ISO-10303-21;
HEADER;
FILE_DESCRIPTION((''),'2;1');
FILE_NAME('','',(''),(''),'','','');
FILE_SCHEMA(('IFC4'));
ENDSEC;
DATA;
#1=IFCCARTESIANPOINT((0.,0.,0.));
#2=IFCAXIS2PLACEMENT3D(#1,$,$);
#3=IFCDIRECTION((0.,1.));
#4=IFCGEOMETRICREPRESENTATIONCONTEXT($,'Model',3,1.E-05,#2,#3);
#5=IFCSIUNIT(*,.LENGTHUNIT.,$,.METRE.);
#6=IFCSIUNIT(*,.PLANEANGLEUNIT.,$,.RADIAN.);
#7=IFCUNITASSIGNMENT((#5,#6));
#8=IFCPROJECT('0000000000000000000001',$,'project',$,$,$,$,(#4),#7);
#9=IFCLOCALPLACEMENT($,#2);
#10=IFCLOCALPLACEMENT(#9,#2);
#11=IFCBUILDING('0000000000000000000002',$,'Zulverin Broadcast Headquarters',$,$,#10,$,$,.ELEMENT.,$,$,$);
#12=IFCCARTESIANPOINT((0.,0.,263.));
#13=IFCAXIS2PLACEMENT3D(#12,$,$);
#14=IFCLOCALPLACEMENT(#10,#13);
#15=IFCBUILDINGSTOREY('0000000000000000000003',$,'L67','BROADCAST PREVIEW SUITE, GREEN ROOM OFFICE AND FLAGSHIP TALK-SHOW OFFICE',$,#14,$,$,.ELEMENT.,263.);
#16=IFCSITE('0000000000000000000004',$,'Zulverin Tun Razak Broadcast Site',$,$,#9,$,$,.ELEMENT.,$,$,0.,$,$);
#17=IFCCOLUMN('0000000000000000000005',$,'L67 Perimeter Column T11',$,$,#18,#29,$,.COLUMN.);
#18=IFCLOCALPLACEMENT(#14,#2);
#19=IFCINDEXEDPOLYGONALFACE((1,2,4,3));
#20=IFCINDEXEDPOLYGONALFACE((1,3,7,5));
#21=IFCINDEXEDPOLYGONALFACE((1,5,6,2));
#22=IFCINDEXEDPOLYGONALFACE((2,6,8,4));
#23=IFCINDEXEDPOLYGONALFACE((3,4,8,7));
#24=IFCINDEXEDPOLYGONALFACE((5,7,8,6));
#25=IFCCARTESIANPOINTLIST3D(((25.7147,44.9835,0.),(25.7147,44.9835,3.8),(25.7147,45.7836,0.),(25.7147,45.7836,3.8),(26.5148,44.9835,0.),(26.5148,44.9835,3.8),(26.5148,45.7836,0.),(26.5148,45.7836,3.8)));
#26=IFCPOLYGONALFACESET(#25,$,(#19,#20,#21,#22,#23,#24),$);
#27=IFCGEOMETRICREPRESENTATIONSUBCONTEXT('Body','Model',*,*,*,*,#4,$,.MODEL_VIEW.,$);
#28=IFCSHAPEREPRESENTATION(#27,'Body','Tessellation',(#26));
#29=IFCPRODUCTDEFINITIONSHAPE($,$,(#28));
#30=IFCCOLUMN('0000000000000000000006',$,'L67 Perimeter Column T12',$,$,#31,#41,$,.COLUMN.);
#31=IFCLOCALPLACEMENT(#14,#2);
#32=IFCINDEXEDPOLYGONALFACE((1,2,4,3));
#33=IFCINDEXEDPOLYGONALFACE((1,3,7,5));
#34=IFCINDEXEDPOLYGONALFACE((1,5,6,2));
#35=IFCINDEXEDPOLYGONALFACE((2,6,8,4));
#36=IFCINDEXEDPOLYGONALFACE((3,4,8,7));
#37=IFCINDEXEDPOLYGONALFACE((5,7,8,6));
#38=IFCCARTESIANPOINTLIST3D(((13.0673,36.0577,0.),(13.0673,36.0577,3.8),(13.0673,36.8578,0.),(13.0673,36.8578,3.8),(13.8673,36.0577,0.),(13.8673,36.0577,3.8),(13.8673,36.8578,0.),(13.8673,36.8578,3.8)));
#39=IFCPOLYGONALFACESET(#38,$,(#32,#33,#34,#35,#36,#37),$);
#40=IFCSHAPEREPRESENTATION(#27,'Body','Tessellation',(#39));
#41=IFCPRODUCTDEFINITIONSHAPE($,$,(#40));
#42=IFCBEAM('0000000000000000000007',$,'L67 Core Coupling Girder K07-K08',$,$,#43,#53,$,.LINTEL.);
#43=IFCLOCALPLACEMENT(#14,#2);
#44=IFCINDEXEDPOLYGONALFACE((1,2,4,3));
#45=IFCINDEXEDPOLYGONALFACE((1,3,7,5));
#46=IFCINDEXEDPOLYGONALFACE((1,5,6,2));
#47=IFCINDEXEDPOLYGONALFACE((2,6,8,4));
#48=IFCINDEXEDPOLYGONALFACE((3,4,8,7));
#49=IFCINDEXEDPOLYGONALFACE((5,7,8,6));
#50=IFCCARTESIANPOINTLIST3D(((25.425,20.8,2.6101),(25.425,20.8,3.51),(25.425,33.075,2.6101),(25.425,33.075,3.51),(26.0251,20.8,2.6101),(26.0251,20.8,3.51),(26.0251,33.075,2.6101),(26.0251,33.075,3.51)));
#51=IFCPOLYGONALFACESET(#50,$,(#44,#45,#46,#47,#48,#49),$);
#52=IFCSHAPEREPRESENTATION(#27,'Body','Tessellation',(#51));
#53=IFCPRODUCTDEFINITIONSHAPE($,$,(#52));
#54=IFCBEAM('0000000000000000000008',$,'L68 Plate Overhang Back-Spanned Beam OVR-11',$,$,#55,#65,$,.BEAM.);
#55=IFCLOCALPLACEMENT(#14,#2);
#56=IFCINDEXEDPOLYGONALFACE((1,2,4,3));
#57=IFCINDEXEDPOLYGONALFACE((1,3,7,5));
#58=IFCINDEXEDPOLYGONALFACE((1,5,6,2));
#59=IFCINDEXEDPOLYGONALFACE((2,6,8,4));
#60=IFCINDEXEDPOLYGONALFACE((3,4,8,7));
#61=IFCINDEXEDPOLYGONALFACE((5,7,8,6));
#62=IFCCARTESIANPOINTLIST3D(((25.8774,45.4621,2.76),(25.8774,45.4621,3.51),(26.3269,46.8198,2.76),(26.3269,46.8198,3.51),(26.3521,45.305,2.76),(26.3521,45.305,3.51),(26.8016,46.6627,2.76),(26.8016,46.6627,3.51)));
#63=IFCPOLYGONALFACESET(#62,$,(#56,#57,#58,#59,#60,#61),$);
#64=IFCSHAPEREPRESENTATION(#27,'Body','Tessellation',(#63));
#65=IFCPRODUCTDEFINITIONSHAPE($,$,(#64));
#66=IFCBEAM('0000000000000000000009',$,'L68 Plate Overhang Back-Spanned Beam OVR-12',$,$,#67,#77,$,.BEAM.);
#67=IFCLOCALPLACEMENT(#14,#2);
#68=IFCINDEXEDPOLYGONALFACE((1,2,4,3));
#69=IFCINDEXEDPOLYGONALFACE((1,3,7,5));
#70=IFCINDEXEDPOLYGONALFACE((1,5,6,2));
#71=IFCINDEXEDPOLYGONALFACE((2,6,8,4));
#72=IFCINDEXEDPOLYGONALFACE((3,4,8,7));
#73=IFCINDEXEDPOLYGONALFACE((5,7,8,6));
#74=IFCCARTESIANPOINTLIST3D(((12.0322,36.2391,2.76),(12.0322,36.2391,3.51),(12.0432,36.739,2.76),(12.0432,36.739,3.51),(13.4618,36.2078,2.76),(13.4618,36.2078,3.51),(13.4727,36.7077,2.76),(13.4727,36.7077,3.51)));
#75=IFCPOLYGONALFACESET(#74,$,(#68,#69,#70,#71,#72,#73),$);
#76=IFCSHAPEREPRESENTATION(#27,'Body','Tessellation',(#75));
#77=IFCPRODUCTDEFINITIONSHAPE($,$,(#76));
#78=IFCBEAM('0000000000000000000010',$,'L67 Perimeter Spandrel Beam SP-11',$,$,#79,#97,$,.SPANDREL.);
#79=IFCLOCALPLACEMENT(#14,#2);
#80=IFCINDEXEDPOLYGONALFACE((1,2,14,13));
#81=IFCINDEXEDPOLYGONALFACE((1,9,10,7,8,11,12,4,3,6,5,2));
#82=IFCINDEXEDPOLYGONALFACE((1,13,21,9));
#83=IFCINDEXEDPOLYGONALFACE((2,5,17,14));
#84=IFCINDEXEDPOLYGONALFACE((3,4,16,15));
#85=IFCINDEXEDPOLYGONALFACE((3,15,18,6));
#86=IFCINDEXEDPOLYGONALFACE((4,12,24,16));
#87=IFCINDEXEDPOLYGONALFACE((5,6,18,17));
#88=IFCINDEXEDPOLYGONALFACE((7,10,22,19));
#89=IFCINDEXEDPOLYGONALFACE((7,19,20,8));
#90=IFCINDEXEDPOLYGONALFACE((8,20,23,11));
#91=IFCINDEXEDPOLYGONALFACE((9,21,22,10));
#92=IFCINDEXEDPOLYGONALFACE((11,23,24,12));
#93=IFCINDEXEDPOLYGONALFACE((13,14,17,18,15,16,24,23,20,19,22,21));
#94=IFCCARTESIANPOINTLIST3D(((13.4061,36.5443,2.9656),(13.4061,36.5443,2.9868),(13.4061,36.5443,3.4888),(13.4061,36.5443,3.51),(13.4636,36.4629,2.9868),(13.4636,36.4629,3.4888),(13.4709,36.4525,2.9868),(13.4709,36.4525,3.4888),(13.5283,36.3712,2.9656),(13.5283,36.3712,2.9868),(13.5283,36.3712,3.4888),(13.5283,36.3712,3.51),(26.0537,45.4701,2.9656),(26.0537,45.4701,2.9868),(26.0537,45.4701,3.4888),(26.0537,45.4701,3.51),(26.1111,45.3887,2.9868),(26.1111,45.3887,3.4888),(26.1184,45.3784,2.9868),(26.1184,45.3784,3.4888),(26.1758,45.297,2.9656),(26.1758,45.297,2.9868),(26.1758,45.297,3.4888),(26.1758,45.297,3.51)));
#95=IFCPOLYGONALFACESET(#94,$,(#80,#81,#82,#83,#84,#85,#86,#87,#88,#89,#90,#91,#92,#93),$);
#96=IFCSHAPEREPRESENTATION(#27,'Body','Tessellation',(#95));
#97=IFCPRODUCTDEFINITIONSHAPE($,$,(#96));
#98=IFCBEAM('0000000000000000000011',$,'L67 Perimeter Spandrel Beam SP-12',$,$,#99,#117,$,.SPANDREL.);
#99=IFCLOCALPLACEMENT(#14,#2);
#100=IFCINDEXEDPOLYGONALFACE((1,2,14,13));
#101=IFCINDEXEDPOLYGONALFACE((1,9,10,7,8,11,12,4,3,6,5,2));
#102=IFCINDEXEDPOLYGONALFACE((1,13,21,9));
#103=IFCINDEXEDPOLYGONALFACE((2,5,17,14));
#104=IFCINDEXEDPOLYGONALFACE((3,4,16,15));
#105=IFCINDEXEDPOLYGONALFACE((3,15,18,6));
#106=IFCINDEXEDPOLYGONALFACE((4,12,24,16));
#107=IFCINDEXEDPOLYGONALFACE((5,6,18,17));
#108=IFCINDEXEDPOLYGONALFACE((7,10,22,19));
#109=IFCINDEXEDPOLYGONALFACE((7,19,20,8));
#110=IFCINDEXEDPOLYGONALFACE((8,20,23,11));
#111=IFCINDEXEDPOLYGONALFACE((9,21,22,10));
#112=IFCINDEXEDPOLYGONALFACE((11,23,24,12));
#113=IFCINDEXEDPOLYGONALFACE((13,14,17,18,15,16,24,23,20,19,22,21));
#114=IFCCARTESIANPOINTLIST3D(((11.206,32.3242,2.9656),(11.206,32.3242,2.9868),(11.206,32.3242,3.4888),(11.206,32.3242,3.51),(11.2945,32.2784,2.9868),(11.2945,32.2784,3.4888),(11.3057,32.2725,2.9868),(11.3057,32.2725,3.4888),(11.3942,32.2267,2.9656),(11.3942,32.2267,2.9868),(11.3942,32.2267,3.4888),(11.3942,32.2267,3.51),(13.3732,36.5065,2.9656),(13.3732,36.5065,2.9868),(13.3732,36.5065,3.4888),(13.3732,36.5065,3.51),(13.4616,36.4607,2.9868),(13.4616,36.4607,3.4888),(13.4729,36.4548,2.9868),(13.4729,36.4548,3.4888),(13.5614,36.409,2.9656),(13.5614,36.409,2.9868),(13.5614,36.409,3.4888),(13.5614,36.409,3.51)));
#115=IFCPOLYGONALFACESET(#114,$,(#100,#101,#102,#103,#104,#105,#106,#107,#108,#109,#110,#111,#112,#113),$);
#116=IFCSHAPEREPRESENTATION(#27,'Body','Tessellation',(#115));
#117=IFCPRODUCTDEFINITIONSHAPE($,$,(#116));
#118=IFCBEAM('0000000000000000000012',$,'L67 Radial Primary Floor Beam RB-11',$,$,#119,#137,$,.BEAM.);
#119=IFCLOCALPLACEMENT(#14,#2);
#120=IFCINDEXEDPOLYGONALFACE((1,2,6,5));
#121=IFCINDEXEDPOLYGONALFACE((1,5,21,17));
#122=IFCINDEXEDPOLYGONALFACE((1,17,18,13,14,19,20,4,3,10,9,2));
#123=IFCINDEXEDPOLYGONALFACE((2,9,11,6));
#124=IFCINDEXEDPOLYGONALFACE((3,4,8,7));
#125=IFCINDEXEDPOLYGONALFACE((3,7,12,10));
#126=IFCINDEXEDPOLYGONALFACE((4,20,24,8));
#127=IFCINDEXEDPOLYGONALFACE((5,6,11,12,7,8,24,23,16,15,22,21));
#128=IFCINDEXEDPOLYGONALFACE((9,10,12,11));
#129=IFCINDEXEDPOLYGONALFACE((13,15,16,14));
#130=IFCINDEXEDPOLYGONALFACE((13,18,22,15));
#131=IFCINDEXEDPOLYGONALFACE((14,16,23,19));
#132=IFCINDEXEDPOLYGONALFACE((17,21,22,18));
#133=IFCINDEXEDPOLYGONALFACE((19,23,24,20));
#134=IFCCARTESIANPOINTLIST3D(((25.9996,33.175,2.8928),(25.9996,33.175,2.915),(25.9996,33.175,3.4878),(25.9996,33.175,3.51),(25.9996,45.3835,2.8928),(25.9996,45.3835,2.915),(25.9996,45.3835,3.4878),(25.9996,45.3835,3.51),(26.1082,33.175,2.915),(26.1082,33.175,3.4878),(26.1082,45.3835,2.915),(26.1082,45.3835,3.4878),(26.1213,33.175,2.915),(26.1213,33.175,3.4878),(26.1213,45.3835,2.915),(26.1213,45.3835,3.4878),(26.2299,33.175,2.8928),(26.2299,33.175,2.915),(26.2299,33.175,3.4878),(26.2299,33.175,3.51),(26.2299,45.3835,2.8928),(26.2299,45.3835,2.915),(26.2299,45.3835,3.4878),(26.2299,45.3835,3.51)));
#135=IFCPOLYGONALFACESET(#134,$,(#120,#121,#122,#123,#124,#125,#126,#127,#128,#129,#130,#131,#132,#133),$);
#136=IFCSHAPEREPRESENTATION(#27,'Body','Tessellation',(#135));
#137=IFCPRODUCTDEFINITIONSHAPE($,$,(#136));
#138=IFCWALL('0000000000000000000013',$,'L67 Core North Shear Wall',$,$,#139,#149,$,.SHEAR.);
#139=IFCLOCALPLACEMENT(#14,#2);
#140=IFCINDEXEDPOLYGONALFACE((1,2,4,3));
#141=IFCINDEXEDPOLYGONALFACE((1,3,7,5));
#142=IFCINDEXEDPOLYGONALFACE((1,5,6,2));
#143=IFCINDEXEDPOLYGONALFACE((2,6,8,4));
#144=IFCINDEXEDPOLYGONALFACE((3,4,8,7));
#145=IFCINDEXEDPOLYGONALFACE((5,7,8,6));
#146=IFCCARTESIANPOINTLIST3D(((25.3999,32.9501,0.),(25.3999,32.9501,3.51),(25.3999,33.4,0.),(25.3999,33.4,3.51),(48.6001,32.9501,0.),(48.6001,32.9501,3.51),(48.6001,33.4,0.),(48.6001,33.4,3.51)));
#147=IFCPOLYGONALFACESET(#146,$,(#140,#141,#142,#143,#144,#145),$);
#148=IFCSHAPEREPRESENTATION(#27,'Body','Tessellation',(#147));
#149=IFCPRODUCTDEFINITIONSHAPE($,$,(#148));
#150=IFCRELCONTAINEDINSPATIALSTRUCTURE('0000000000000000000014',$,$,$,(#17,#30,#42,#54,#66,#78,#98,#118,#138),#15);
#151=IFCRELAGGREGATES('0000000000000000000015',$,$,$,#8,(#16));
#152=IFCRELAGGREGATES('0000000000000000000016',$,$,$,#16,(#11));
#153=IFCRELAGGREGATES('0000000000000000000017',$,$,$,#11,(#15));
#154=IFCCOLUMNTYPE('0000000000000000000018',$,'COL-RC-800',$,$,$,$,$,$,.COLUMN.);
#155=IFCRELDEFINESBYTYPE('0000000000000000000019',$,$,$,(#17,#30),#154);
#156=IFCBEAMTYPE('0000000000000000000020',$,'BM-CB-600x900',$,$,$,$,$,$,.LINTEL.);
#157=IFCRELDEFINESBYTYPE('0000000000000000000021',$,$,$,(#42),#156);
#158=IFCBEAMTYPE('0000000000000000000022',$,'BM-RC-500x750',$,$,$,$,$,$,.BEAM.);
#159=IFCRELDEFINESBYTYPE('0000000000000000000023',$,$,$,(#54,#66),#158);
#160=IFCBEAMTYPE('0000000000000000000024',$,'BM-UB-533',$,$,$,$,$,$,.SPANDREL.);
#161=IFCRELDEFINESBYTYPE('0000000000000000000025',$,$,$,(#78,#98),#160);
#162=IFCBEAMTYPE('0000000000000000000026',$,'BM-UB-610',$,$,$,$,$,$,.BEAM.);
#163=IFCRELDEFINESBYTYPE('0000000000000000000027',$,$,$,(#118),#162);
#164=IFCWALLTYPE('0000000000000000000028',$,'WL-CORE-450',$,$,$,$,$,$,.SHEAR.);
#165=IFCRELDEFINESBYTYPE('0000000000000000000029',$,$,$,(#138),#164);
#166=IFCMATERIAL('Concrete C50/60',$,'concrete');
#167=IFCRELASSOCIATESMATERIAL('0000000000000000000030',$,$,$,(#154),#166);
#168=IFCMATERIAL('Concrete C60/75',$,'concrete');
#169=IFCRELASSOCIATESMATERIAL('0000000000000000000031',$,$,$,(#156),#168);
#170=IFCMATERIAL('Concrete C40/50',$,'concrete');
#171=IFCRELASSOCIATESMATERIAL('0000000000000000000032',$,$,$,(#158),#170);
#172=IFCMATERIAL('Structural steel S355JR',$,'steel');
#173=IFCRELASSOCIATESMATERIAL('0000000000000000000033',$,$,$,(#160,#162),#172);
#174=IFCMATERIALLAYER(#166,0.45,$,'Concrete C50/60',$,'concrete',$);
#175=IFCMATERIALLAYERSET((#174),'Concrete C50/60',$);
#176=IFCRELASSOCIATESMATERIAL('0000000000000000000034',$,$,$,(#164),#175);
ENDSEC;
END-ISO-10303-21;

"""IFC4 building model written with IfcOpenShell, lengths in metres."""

from ifc_helpers import new_model, si_unit, direction, frame, frame_2d, origin, origin_2d, place, context, subcontext, project, spatial, rectangle, i_section, extrude, material, layer, layer_set, material_profile, profile_set, type_object, element, save


model = new_model("IFC4")

# Units and contexts
model_context = context("Model", 3, precision=1e-05, world=origin(), true_north=direction((0.0, 1.0)))
body_context = subcontext(model_context, "Body", "Model", "MODEL_VIEW")
ifc_project = project(units=[si_unit("LENGTHUNIT", "METRE"), si_unit("PLANEANGLEUNIT", "RADIAN")], contexts=[model_context])

# Site, building, storey
site_placement = place(None, origin())
site = spatial("IfcSite", under=ifc_project, at=site_placement, Name="Zulverin Tun Razak Broadcast Site", CompositionType="ELEMENT", RefElevation=0.0)
building_placement = place(site_placement, origin())
building = spatial("IfcBuilding", under=site, at=building_placement, Name="Zulverin Broadcast Headquarters", CompositionType="ELEMENT")
storey_placement = place(building_placement, frame((0.0, 0.0, 263.0)))
storey = spatial("IfcBuildingStorey", under=building, at=storey_placement, Name="L67", Description="BROADCAST PREVIEW SUITE, GREEN ROOM OFFICE AND FLAGSHIP TALK-SHOW OFFICE", CompositionType="ELEMENT", Elevation=263.0)

# Columns
ifc_material_1 = material(Name="Concrete C50/60", Category="concrete")
ifc_material_profile_1 = material_profile(ifc_material_1, rectangle(XDim=0.8, YDim=0.8, at=origin_2d()), Name="Concrete C50/60", Category="concrete")
ifc_profile_set_1 = profile_set([ifc_material_profile_1], Name="Concrete C50/60")
column_type = type_object("IfcColumnType", Name="COL-RC-800", PredefinedType="COLUMN", material=ifc_profile_set_1)
for number, where, z_axis, x_axis, name in (
    (1, (26.1147, 45.3835, 0.0), (0.0, 0.0, 1.0), (1.0, 0.0, 0.0), "L67 Perimeter Column T11"),
    (2, (13.4673, 36.4578, 0.0), (0.0, 0.0, 1.0), (1.0, 0.0, 0.0), "L67 Perimeter Column T12"),
):
    element("IfcColumn", number, at=place(storey_placement, frame(where, z_axis=z_axis, x_axis=x_axis)), inside=storey, type_object=column_type, Name=name, PredefinedType="COLUMN", context=body_context, shape_type="SweptSolid", body=[
        extrude(rectangle(XDim=0.8, YDim=0.8, at=origin_2d()), origin(), (0.0, 0.0, 1.0), 3.8),
    ])

# Beams
ifc_material_2 = material(Name="Concrete C60/75", Category="concrete")
ifc_material_profile_2 = material_profile(ifc_material_2, rectangle(XDim=0.6001, YDim=0.8999, at=origin_2d()), Name="Concrete C60/75", Category="concrete")
ifc_profile_set_2 = profile_set([ifc_material_profile_2], Name="Concrete C60/75")
beam_type_1 = type_object("IfcBeamType", Name="BM-CB-600x900", PredefinedType="LINTEL", material=ifc_profile_set_2)
beam_1_placement = place(storey_placement, frame((25.7251, 33.075, 3.0601), z_axis=(0.0, -1.0, 0.0), x_axis=(1.0, 0.0, 0.0)))
element("IfcBeam", 3, at=beam_1_placement, inside=storey, type_object=beam_type_1, Name="L67 Core Coupling Girder K07-K08", PredefinedType="LINTEL", context=body_context, shape_type="SweptSolid", body=[
    extrude(rectangle(XDim=0.6001, YDim=0.8999, at=origin_2d()), origin(), (0.0, 0.0, 1.0), 12.2749),
])
ifc_material_3 = material(Name="Concrete C40/50", Category="concrete")
ifc_material_profile_3 = material_profile(ifc_material_3, rectangle(XDim=0.5, YDim=0.75, at=origin_2d()), Name="Concrete C40/50", Category="concrete")
ifc_profile_set_3 = profile_set([ifc_material_profile_3], Name="Concrete C40/50")
beam_type_2 = type_object("IfcBeamType", Name="BM-RC-500x750", PredefinedType="BEAM", material=ifc_profile_set_3)
beam_2_placement = place(storey_placement, frame((26.1147, 45.3835, 3.135), z_axis=(0.314281, 0.94933, 0.0), x_axis=(-0.94933, 0.314281, 0.0)))
element("IfcBeam", 4, at=beam_2_placement, inside=storey, type_object=beam_type_2, Name="L68 Plate Overhang Back-Spanned Beam OVR-11", PredefinedType="BEAM", context=body_context, shape_type="SweptSolid", body=[
    extrude(rectangle(XDim=0.5, YDim=0.75, at=origin_2d()), origin(), (0.0, 0.0, 1.0), 1.4302),
])
beam_3_placement = place(storey_placement, frame((13.4673, 36.4578, 3.135), z_axis=(-0.999761, 0.021853, 0.0), x_axis=(-0.021853, -0.999761, 0.0)))
element("IfcBeam", 5, at=beam_3_placement, inside=storey, type_object=beam_type_2, Name="L68 Plate Overhang Back-Spanned Beam OVR-12", PredefinedType="BEAM", context=body_context, shape_type="SweptSolid", body=[
    extrude(rectangle(XDim=0.5, YDim=0.75, at=origin_2d()), origin(), (0.0, 0.0, 1.0), 1.4299),
])
ifc_material_4 = material(Name="Structural steel S355JR", Category="steel")
ifc_material_profile_4 = material_profile(ifc_material_4, i_section(OverallWidth=0.2119, OverallDepth=0.5444, WebThickness=0.0127, FlangeThickness=0.0212, at=origin_2d()), Name="Structural steel S355JR", Category="steel")
ifc_profile_set_4 = profile_set([ifc_material_profile_4], Name="Structural steel S355JR")
beam_type_3 = type_object("IfcBeamType", Name="BM-UB-533", PredefinedType="SPANDREL", material=ifc_profile_set_4)
beam_4_placement = place(storey_placement, frame((26.1147, 45.3835, 3.2378), z_axis=(-0.817024, -0.576604, 0.0), x_axis=(0.576604, -0.817024, 0.0)))
element("IfcBeam", 6, at=beam_4_placement, inside=storey, type_object=beam_type_3, Name="L67 Perimeter Spandrel Beam SP-11", PredefinedType="SPANDREL", context=body_context, shape_type="SweptSolid", body=[
    extrude(i_section(OverallWidth=0.2119, OverallDepth=0.5444, WebThickness=0.0127, FlangeThickness=0.0212, at=origin_2d()), origin(), (0.0, 0.0, 1.0), 15.48),
])
beam_5_placement = place(storey_placement, frame((13.4673, 36.4578, 3.2378), z_axis=(-0.460083, -0.887876, 0.0), x_axis=(0.887876, -0.460083, 0.0)))
element("IfcBeam", 7, at=beam_5_placement, inside=storey, type_object=beam_type_3, Name="L67 Perimeter Spandrel Beam SP-12", PredefinedType="SPANDREL", context=body_context, shape_type="SweptSolid", body=[
    extrude(i_section(OverallWidth=0.2119, OverallDepth=0.5444, WebThickness=0.0127, FlangeThickness=0.0212, at=origin_2d()), origin(), (0.0, 0.0, 1.0), 4.7104),
])
ifc_material_profile_5 = material_profile(ifc_material_4, i_section(OverallWidth=0.2302, OverallDepth=0.6172, WebThickness=0.0132, FlangeThickness=0.0222, at=origin_2d()), Name="Structural steel S355JR", Category="steel")
ifc_profile_set_5 = profile_set([ifc_material_profile_5], Name="Structural steel S355JR")
beam_type_4 = type_object("IfcBeamType", Name="BM-UB-610", PredefinedType="BEAM", material=ifc_profile_set_5)
beam_6_placement = place(storey_placement, frame((26.1147, 33.175, 3.2014), z_axis=(0.0, 1.0, 0.0), x_axis=(-1.0, 0.0, 0.0)))
element("IfcBeam", 8, at=beam_6_placement, inside=storey, type_object=beam_type_4, Name="L67 Radial Primary Floor Beam RB-11", PredefinedType="BEAM", context=body_context, shape_type="SweptSolid", body=[
    extrude(i_section(OverallWidth=0.2302, OverallDepth=0.6172, WebThickness=0.0132, FlangeThickness=0.0222, at=origin_2d()), origin(), (0.0, 0.0, 1.0), 12.2085),
])

# Wall
ifc_layer_1 = layer(ifc_material_1, 0.45, Name="Concrete C50/60", Category="concrete")
ifc_layer_set_1 = layer_set([ifc_layer_1], Name="Concrete C50/60")
wall_type_1 = type_object("IfcWallType", Name="WL-CORE-450", PredefinedType="SHEAR", material=ifc_layer_set_1)
wall_1_placement = place(storey_placement, frame((25.3999, 33.175, 0.0), z_axis=(0.0, 0.0, 1.0), x_axis=(1.0, 0.0, 0.0)))
element("IfcWall", 9, at=wall_1_placement, inside=storey, type_object=wall_type_1, Name="L67 Core North Shear Wall", PredefinedType="SHEAR", context=body_context, shape_type="SweptSolid", body=[
    extrude(rectangle(XDim=23.2002, YDim=0.45, at=frame_2d((11.6001, 0.0))), origin(), (0.0, 0.0, 1.0), 3.51),
])

save(model, "model.ifc")
